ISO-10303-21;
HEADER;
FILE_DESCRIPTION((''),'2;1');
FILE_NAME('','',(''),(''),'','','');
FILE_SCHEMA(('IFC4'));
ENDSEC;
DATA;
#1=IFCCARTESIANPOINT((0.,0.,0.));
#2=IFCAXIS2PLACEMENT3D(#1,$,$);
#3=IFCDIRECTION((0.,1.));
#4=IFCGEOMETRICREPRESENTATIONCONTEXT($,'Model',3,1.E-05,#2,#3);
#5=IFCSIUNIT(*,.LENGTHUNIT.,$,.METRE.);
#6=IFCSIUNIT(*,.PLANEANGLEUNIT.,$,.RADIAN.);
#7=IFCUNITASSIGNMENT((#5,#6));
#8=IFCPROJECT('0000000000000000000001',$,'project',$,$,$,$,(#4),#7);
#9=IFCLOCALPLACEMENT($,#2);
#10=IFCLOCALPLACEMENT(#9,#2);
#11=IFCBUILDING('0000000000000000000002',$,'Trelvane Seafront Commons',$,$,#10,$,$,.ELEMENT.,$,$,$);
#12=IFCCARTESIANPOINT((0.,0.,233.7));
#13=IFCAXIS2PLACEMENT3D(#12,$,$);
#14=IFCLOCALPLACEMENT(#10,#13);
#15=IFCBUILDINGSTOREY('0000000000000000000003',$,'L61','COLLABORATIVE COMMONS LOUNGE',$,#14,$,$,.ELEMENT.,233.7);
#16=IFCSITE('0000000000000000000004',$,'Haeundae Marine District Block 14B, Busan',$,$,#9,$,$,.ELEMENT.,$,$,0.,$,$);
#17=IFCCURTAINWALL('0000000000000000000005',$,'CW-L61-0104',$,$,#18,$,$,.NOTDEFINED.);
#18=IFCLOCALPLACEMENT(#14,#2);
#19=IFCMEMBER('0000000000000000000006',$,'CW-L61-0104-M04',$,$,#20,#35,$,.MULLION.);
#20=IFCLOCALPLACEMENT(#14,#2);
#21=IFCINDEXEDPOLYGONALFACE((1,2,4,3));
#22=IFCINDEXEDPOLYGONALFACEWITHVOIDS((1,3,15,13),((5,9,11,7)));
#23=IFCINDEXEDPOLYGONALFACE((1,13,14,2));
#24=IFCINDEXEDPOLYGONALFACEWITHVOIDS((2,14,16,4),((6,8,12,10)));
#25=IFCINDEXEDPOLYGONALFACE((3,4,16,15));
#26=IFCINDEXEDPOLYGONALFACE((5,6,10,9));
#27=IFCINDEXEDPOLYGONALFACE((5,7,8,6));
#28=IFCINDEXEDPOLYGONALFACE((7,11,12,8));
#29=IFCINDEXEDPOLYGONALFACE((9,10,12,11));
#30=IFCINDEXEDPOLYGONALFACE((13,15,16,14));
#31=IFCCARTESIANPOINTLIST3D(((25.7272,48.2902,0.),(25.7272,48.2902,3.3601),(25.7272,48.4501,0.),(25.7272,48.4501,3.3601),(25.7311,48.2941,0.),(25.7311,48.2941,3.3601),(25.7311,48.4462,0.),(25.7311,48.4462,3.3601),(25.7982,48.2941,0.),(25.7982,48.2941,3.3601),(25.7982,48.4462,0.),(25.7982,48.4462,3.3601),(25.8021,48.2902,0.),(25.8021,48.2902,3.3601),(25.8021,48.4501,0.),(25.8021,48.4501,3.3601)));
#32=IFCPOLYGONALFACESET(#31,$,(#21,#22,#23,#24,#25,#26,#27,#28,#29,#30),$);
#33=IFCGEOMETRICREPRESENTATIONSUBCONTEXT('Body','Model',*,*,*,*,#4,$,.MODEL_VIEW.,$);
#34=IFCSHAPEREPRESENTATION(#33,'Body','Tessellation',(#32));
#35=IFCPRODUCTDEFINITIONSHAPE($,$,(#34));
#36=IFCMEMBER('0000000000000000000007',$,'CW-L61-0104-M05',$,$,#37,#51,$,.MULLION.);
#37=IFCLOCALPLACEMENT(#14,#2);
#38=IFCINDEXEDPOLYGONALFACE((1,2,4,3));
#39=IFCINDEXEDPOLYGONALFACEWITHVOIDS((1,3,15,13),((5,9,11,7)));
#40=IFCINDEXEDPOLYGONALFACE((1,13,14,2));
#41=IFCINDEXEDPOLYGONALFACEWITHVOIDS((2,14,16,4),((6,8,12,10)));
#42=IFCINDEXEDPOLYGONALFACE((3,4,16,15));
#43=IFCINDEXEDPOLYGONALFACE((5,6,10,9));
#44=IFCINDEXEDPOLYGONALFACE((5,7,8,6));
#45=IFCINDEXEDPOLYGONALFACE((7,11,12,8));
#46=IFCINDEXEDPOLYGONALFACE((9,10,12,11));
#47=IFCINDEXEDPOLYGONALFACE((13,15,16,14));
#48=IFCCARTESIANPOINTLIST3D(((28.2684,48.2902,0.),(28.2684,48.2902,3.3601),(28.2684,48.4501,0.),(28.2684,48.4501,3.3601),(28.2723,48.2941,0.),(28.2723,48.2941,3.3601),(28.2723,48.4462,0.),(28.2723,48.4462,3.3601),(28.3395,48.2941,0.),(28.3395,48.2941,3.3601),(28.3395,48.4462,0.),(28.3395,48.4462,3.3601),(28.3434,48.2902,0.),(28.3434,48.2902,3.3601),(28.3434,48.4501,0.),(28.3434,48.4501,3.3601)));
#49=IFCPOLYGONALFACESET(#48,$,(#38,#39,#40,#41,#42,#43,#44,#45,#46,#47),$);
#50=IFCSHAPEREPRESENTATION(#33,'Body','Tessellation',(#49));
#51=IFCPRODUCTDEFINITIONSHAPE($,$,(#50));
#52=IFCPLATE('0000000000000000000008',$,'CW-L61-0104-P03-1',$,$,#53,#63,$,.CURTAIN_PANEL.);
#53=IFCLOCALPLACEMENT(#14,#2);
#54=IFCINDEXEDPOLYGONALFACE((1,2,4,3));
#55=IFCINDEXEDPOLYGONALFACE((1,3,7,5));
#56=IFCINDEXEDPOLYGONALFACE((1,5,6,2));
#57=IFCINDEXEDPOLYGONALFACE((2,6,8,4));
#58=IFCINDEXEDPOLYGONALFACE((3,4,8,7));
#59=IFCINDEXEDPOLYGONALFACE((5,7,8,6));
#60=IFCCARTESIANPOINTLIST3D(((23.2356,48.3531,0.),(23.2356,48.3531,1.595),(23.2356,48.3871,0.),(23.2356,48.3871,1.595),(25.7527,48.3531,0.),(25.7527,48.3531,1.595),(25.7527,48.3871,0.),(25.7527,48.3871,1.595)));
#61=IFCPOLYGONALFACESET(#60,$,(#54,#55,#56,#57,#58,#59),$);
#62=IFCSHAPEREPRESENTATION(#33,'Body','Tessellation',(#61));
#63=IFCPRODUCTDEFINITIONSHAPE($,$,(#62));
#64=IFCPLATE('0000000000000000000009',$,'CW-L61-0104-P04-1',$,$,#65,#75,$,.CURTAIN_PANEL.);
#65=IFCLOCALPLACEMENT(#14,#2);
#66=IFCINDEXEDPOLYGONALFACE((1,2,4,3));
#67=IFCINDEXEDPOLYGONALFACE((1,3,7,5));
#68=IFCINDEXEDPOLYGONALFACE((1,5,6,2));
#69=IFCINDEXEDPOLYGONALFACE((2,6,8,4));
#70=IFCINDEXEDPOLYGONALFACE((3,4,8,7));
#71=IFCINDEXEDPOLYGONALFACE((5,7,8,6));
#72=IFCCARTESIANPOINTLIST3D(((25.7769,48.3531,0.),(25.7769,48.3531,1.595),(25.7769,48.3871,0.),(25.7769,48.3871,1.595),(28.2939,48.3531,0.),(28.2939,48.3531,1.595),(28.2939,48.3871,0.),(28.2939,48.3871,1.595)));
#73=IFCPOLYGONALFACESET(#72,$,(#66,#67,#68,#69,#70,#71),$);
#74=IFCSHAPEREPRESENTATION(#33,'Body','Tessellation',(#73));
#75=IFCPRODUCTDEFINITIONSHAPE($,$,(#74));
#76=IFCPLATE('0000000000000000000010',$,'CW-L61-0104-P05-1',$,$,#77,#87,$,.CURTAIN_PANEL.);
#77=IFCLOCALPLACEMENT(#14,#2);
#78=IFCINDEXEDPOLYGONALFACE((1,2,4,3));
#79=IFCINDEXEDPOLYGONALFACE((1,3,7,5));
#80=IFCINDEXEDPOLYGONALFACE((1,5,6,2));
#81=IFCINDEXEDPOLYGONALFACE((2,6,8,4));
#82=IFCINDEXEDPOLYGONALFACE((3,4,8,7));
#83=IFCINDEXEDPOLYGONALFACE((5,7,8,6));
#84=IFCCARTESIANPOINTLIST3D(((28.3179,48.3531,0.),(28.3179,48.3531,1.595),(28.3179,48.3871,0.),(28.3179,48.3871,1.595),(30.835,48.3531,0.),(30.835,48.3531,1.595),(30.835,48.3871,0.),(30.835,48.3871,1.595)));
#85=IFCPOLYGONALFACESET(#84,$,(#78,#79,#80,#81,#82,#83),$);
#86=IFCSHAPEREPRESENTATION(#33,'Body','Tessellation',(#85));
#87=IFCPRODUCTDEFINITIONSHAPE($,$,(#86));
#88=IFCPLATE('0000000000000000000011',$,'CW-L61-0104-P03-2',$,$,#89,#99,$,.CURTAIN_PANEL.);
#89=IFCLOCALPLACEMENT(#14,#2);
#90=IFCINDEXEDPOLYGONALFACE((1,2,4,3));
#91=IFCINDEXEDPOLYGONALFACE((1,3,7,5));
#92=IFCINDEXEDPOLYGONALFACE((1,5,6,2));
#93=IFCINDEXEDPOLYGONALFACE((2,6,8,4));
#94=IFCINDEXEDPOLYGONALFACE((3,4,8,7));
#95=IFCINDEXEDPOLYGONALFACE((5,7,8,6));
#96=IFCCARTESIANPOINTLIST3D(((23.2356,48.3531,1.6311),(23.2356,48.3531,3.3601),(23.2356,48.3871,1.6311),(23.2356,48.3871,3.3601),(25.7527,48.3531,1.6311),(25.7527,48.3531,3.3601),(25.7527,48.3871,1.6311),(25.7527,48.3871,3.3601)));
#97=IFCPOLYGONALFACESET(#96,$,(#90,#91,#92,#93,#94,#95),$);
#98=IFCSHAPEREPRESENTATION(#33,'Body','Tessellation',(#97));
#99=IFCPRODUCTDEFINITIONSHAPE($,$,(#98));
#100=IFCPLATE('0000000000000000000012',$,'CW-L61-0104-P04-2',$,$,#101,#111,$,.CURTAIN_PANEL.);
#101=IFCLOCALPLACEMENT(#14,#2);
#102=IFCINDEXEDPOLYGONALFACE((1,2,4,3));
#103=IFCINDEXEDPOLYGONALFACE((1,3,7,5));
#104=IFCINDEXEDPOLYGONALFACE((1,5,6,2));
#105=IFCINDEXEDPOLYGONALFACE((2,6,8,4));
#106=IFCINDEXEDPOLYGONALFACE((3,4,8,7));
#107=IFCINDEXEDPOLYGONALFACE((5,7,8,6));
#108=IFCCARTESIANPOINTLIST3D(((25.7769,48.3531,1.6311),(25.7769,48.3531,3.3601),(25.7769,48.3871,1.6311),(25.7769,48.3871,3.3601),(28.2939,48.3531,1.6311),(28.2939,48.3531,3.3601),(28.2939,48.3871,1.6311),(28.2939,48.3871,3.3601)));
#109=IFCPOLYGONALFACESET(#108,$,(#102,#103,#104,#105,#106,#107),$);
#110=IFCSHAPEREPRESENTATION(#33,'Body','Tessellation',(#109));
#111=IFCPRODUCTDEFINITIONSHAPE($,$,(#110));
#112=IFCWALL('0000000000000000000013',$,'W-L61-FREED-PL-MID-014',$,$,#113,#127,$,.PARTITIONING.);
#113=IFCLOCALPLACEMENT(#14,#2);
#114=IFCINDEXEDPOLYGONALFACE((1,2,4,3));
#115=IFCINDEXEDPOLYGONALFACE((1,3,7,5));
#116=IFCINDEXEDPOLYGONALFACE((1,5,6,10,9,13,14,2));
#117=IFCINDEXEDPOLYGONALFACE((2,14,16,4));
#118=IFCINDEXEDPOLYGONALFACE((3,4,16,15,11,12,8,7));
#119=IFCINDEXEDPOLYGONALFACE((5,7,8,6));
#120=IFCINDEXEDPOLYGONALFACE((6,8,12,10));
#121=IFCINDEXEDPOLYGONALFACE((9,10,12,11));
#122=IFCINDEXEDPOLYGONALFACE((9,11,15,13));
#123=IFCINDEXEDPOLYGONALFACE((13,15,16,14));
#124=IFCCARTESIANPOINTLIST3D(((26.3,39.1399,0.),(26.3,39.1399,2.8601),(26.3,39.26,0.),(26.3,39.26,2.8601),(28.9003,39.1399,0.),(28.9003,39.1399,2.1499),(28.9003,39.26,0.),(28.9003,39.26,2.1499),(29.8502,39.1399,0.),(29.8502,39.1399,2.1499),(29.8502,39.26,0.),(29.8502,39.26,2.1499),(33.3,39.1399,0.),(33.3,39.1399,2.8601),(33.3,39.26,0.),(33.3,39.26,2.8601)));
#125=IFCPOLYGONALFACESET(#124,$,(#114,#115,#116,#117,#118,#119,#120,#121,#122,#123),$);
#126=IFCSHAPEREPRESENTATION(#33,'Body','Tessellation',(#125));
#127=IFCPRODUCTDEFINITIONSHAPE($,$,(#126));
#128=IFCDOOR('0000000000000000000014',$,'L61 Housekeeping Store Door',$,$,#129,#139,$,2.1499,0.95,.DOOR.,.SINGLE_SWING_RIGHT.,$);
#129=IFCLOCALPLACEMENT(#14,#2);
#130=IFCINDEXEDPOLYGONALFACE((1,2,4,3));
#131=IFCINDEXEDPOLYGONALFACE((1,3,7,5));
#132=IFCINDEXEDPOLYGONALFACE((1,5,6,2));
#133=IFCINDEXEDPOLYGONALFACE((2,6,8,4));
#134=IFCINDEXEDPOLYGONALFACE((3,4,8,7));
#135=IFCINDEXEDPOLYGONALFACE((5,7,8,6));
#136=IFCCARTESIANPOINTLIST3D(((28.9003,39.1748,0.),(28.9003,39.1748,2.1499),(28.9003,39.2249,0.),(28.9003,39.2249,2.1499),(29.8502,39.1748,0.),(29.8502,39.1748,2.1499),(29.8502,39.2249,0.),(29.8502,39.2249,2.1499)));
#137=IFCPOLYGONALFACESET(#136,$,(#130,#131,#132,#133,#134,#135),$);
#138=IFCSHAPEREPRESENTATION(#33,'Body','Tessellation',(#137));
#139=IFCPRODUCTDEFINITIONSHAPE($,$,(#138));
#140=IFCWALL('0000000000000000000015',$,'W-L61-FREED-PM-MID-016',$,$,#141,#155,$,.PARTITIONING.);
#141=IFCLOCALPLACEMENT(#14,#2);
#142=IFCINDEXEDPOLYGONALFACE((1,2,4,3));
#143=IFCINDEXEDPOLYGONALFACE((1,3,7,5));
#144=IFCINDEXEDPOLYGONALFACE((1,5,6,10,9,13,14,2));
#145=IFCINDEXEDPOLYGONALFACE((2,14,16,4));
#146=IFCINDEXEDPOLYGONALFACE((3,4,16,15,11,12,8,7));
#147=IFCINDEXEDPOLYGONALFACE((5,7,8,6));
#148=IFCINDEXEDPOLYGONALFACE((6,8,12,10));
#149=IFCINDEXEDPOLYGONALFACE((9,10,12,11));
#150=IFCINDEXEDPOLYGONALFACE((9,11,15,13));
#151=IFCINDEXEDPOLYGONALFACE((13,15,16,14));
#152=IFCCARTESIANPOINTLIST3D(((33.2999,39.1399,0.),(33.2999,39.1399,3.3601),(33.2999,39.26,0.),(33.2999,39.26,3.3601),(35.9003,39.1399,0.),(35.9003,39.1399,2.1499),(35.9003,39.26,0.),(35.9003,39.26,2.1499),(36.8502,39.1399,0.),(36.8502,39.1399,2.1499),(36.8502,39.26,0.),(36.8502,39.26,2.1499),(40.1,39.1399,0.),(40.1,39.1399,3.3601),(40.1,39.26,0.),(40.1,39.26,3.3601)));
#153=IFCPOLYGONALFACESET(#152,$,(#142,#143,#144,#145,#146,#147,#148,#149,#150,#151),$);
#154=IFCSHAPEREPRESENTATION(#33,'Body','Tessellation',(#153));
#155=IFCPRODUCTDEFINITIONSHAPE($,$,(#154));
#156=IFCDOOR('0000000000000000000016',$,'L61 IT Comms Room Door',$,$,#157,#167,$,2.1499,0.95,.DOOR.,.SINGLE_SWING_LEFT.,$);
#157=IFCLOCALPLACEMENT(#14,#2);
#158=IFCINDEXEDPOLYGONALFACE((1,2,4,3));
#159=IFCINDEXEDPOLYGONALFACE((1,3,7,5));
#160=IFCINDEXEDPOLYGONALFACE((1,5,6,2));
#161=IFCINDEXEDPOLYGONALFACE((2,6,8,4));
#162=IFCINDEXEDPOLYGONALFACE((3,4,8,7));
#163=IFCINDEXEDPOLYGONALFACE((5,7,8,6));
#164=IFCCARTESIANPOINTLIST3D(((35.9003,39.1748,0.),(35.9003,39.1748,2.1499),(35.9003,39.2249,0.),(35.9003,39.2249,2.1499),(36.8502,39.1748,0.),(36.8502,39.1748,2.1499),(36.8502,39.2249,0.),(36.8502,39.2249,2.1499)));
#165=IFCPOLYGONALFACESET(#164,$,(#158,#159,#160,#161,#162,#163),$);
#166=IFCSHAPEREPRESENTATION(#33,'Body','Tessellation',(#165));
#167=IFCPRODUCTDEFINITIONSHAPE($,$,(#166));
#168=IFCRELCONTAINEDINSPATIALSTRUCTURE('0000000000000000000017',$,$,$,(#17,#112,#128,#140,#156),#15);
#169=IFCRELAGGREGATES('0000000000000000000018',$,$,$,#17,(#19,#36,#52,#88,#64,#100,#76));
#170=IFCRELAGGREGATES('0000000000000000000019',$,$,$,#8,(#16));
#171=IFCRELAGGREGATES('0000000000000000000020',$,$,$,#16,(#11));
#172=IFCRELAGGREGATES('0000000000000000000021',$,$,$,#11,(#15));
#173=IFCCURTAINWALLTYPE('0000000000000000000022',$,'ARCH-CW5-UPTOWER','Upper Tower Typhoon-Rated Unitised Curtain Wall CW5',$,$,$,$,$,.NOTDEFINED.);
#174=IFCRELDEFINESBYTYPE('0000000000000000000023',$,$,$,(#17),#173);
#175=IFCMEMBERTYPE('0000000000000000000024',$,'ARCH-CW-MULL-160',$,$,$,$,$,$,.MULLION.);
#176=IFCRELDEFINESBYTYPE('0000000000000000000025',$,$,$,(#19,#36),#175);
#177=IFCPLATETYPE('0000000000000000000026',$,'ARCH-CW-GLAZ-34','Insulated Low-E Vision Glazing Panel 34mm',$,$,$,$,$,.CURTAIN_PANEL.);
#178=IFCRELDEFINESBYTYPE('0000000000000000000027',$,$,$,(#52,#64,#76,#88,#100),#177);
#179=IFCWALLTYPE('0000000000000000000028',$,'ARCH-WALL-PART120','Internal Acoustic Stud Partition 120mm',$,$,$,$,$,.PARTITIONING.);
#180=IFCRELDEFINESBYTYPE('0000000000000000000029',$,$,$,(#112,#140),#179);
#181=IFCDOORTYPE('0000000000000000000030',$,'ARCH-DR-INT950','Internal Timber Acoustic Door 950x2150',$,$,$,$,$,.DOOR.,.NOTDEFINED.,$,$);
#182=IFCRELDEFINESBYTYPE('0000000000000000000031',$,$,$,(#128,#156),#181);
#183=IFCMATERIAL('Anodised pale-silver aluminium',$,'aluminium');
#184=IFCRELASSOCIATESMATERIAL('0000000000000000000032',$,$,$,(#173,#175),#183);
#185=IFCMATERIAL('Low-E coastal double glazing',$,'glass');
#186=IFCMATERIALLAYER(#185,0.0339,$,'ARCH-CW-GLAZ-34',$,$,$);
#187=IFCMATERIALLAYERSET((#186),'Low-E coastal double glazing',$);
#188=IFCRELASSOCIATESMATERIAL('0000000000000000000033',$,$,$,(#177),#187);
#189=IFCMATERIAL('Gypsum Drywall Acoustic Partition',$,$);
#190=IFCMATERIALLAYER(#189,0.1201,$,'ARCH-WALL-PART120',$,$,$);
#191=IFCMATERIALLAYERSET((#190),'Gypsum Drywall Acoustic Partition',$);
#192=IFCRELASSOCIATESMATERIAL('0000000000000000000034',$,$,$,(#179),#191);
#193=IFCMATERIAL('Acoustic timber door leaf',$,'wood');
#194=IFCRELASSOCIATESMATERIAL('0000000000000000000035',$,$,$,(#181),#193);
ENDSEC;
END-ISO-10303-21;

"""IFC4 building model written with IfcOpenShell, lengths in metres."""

from ifc_helpers import new_model, si_unit, direction, frame, frame_2d, origin, origin_2d, place, context, subcontext, project, spatial, rectangle, hollow_rectangle, extrude, source, transform, mapped, material, layer, layer_set, material_profile, profile_set, type_object, element, fill, aggregate, save


model = new_model("IFC4")

# Units and contexts
model_context = context("Model", 3, precision=1e-05, world=origin(), true_north=direction((0.0, 1.0)))
body_context = subcontext(model_context, "Body", "Model", "MODEL_VIEW")
ifc_project = project(units=[si_unit("LENGTHUNIT", "METRE"), si_unit("PLANEANGLEUNIT", "RADIAN")], contexts=[model_context])

# Site, building, storey
site_placement = place(None, origin())
site = spatial("IfcSite", under=ifc_project, at=site_placement, Name="Haeundae Marine District Block 14B, Busan", CompositionType="ELEMENT", RefElevation=0.0)
building_placement = place(site_placement, origin())
building = spatial("IfcBuilding", under=site, at=building_placement, Name="Trelvane Seafront Commons", CompositionType="ELEMENT")
storey_placement = place(building_placement, frame((0.0, 0.0, 233.7)))
storey = spatial("IfcBuildingStorey", under=building, at=storey_placement, Name="L61", Description="COLLABORATIVE COMMONS LOUNGE", CompositionType="ELEMENT", Elevation=233.7)

# Curtain wall, members, plates
ifc_material_1 = material(Name="Anodised pale-silver aluminium", Category="aluminium")
curtain_wall_type = type_object("IfcCurtainWallType", Name="ARCH-CW5-UPTOWER", Description="Upper Tower Typhoon-Rated Unitised Curtain Wall CW5", PredefinedType="NOTDEFINED", material=ifc_material_1)
curtain_wall_placement = place(storey_placement, origin())
curtain_wall = element("IfcCurtainWall", 1, at=curtain_wall_placement, inside=storey, type_object=curtain_wall_type, Name="CW-L61-0104", PredefinedType="NOTDEFINED")
ifc_material_profile_1 = material_profile(ifc_material_1, hollow_rectangle(XDim=0.075, YDim=0.1599, WallThickness=0.0039, at=origin_2d()), Name="MULL-75x160x4")
ifc_profile_set_1 = profile_set([ifc_material_profile_1], Name="Anodised pale-silver aluminium")
member_type_1 = type_object("IfcMemberType", Name="ARCH-CW-MULL-160", PredefinedType="MULLION", material=ifc_profile_set_1)
shared_shape_1 = source(origin(), body_context, "Body", "SweptSolid", [
    extrude(hollow_rectangle(XDim=0.075, YDim=0.1599, WallThickness=0.0039, at=origin_2d()), origin(), (0.0, 0.0, 1.0), 3.3601),
])
member_1_placement = place(storey_placement, frame((25.7646, 48.3701, 0.0), z_axis=(0.0, 0.0, 1.0), x_axis=(1.0, 0.0, 0.0)))
member_1 = element("IfcMember", 2, at=member_1_placement, type_object=member_type_1, Name="CW-L61-0104-M04", PredefinedType="MULLION", context=body_context, shape_type="MappedRepresentation", body=[
    mapped(shared_shape_1, transform((0.0, 0.0, 0.0), x_axis=(1.0, 0.0, 0.0), y_axis=(0.0, 1.0, 0.0), z_axis=(0.0, 0.0, 1.0), scale=1.0)),
])
member_2_placement = place(storey_placement, frame((28.3059, 48.3701, 0.0), z_axis=(0.0, 0.0, 1.0), x_axis=(1.0, 0.0, 0.0)))
member_2 = element("IfcMember", 3, at=member_2_placement, type_object=member_type_1, Name="CW-L61-0104-M05", PredefinedType="MULLION", context=body_context, shape_type="MappedRepresentation", body=[
    mapped(shared_shape_1, transform((0.0, 0.0, 0.0), x_axis=(1.0, 0.0, 0.0), y_axis=(0.0, 1.0, 0.0), z_axis=(0.0, 0.0, 1.0), scale=1.0)),
])
ifc_material_2 = material(Name="Low-E coastal double glazing", Category="glass")
ifc_layer_1 = layer(ifc_material_2, 0.0339, Name="ARCH-CW-GLAZ-34")
ifc_layer_set_1 = layer_set([ifc_layer_1], Name="Low-E coastal double glazing")
plate_type = type_object("IfcPlateType", Name="ARCH-CW-GLAZ-34", Description="Insulated Low-E Vision Glazing Panel 34mm", PredefinedType="CURTAIN_PANEL", material=ifc_layer_set_1)
shared_shape_2 = source(origin(), body_context, "Body", "SweptSolid", [
    extrude(rectangle(XDim=2.5171, YDim=0.0339, at=origin_2d()), origin(), (0.0, 0.0, 1.0), 1.595),
])
plate_1_placement = place(storey_placement, frame((24.4941, 48.3701, 0.0), z_axis=(0.0, 0.0, 1.0), x_axis=(1.0, 0.0, 0.0)))
plate_1 = element("IfcPlate", 4, at=plate_1_placement, type_object=plate_type, Name="CW-L61-0104-P03-1", PredefinedType="CURTAIN_PANEL", context=body_context, shape_type="MappedRepresentation", body=[
    mapped(shared_shape_2, transform((0.0, 0.0, 0.0), x_axis=(1.0, 0.0, 0.0), y_axis=(0.0, 1.0, 0.0), z_axis=(0.0, 0.0, 1.0), scale=1.0)),
])
plate_2_placement = place(storey_placement, frame((27.0354, 48.3701, 0.0), z_axis=(0.0, 0.0, 1.0), x_axis=(1.0, 0.0, 0.0)))
plate_2 = element("IfcPlate", 5, at=plate_2_placement, type_object=plate_type, Name="CW-L61-0104-P04-1", PredefinedType="CURTAIN_PANEL", context=body_context, shape_type="MappedRepresentation", body=[
    mapped(shared_shape_2, transform((0.0, 0.0, 0.0), x_axis=(1.0, 0.0, 0.0), y_axis=(0.0, 1.0, 0.0), z_axis=(0.0, 0.0, 1.0), scale=1.0)),
])
plate_3_placement = place(storey_placement, frame((29.5764, 48.3701, 0.0), z_axis=(0.0, 0.0, 1.0), x_axis=(1.0, 0.0, 0.0)))
plate_3 = element("IfcPlate", 6, at=plate_3_placement, type_object=plate_type, Name="CW-L61-0104-P05-1", PredefinedType="CURTAIN_PANEL", context=body_context, shape_type="MappedRepresentation", body=[
    mapped(shared_shape_2, transform((0.0, 0.0, 0.0), x_axis=(1.0, 0.0, 0.0), y_axis=(0.0, 1.0, 0.0), z_axis=(0.0, 0.0, 1.0), scale=1.0)),
])
shared_shape_3 = source(origin(), body_context, "Body", "SweptSolid", [
    extrude(rectangle(XDim=2.5171, YDim=0.0339, at=origin_2d()), origin(), (0.0, 0.0, 1.0), 1.729),
])
plate_4_placement = place(storey_placement, frame((24.4941, 48.3701, 1.6311), z_axis=(0.0, 0.0, 1.0), x_axis=(1.0, 0.0, 0.0)))
plate_4 = element("IfcPlate", 7, at=plate_4_placement, type_object=plate_type, Name="CW-L61-0104-P03-2", PredefinedType="CURTAIN_PANEL", context=body_context, shape_type="MappedRepresentation", body=[
    mapped(shared_shape_3, transform((0.0, 0.0, 0.0), x_axis=(1.0, 0.0, 0.0), y_axis=(0.0, 1.0, 0.0), z_axis=(0.0, 0.0, 1.0), scale=1.0)),
])
plate_5_placement = place(storey_placement, frame((27.0354, 48.3701, 1.6311), z_axis=(0.0, 0.0, 1.0), x_axis=(1.0, 0.0, 0.0)))
plate_5 = element("IfcPlate", 8, at=plate_5_placement, type_object=plate_type, Name="CW-L61-0104-P04-2", PredefinedType="CURTAIN_PANEL", context=body_context, shape_type="MappedRepresentation", body=[
    mapped(shared_shape_3, transform((0.0, 0.0, 0.0), x_axis=(1.0, 0.0, 0.0), y_axis=(0.0, 1.0, 0.0), z_axis=(0.0, 0.0, 1.0), scale=1.0)),
])
aggregate(curtain_wall, [member_1, member_2, plate_1, plate_4, plate_2, plate_5, plate_3])

# Walls, openings, doors
ifc_material_3 = material(Name="Gypsum Drywall Acoustic Partition")
ifc_layer_2 = layer(ifc_material_3, 0.1201, Name="ARCH-WALL-PART120")
ifc_layer_set_2 = layer_set([ifc_layer_2], Name="Gypsum Drywall Acoustic Partition")
wall_type_1 = type_object("IfcWallType", Name="ARCH-WALL-PART120", Description="Internal Acoustic Stud Partition 120mm", PredefinedType="PARTITIONING", material=ifc_layer_set_2)
wall_1_placement = place(storey_placement, frame((26.3, 39.2, 0.0), z_axis=(0.0, 0.0, 1.0), x_axis=(1.0, 0.0, 0.0)))
wall_1 = element("IfcWall", 9, at=wall_1_placement, inside=storey, type_object=wall_type_1, Name="W-L61-FREED-PL-MID-014", PredefinedType="PARTITIONING", context=body_context, shape_type="SweptSolid", body=[
    extrude(rectangle(XDim=7.0, YDim=0.1201, at=frame_2d((3.5, 0.0))), origin(), (0.0, 0.0, 1.0), 2.8601),
])
opening_1_placement = place(wall_1_placement, frame((2.6001, 0.0, 0.0)))
opening_1 = element("IfcOpeningElement", 10, at=opening_1_placement, cuts=wall_1, PredefinedType="OPENING", context=body_context, shape_type="SweptSolid", body=[
    extrude(rectangle(XDim=0.95, YDim=2.1499, at=frame_2d((0.4751, 1.075))), frame((0.0, 0.0701, 0.0), z_axis=(0.0, -1.0, 0.0), x_axis=(1.0, 0.0, 0.0)), (0.0, 0.0, 1.0), 0.1401),
])
ifc_material_4 = material(Name="Acoustic timber door leaf", Category="wood")
door_type_1 = type_object("IfcDoorType", Name="ARCH-DR-INT950", Description="Internal Timber Acoustic Door 950x2150", OperationType="NOTDEFINED", PredefinedType="DOOR", material=ifc_material_4)
shared_shape_4 = source(origin(), body_context, "Body", "SweptSolid", [
    extrude(rectangle(XDim=0.95, YDim=2.1499, at=frame_2d((0.4751, 1.075))), frame((0.0, 0.0249, 0.0), z_axis=(0.0, -1.0, 0.0), x_axis=(1.0, 0.0, 0.0)), (0.0, 0.0, 1.0), 0.05),
])
door_1_placement = place(opening_1_placement, origin())
door_1 = element("IfcDoor", 11, at=door_1_placement, inside=storey, type_object=door_type_1, Name="L61 Housekeeping Store Door", OperationType="SINGLE_SWING_RIGHT", OverallHeight=2.1499, OverallWidth=0.95, PredefinedType="DOOR", context=body_context, shape_type="MappedRepresentation", body=[
    mapped(shared_shape_4, transform((0.0, 0.0, 0.0), x_axis=(1.0, 0.0, 0.0), y_axis=(0.0, 1.0, 0.0), z_axis=(0.0, 0.0, 1.0), scale=1.0)),
])
fill(opening_1, door_1)
wall_2_placement = place(storey_placement, frame((33.3, 39.2, 0.0), z_axis=(0.0, 0.0, 1.0), x_axis=(1.0, 0.0, 0.0)))
wall_2 = element("IfcWall", 12, at=wall_2_placement, inside=storey, type_object=wall_type_1, Name="W-L61-FREED-PM-MID-016", PredefinedType="PARTITIONING", context=body_context, shape_type="SweptSolid", body=[
    extrude(rectangle(XDim=6.8, YDim=0.1201, at=frame_2d((3.3999, 0.0))), origin(), (0.0, 0.0, 1.0), 3.3601),
])
opening_2_placement = place(wall_2_placement, frame((2.6001, 0.0, 0.0)))
opening_2 = element("IfcOpeningElement", 13, at=opening_2_placement, cuts=wall_2, PredefinedType="OPENING", context=body_context, shape_type="SweptSolid", body=[
    extrude(rectangle(XDim=0.95, YDim=2.1499, at=frame_2d((0.4751, 1.075))), frame((0.0, 0.0701, 0.0), z_axis=(0.0, -1.0, 0.0), x_axis=(1.0, 0.0, 0.0)), (0.0, 0.0, 1.0), 0.1401),
])
door_2_placement = place(opening_2_placement, origin())
door_2 = element("IfcDoor", 14, at=door_2_placement, inside=storey, type_object=door_type_1, Name="L61 IT Comms Room Door", OperationType="SINGLE_SWING_LEFT", OverallHeight=2.1499, OverallWidth=0.95, PredefinedType="DOOR", context=body_context, shape_type="MappedRepresentation", body=[
    mapped(shared_shape_4, transform((0.0, 0.0, 0.0), x_axis=(1.0, 0.0, 0.0), y_axis=(0.0, 1.0, 0.0), z_axis=(0.0, 0.0, 1.0), scale=1.0)),
])
fill(opening_2, door_2)

save(model, "model.ifc")
